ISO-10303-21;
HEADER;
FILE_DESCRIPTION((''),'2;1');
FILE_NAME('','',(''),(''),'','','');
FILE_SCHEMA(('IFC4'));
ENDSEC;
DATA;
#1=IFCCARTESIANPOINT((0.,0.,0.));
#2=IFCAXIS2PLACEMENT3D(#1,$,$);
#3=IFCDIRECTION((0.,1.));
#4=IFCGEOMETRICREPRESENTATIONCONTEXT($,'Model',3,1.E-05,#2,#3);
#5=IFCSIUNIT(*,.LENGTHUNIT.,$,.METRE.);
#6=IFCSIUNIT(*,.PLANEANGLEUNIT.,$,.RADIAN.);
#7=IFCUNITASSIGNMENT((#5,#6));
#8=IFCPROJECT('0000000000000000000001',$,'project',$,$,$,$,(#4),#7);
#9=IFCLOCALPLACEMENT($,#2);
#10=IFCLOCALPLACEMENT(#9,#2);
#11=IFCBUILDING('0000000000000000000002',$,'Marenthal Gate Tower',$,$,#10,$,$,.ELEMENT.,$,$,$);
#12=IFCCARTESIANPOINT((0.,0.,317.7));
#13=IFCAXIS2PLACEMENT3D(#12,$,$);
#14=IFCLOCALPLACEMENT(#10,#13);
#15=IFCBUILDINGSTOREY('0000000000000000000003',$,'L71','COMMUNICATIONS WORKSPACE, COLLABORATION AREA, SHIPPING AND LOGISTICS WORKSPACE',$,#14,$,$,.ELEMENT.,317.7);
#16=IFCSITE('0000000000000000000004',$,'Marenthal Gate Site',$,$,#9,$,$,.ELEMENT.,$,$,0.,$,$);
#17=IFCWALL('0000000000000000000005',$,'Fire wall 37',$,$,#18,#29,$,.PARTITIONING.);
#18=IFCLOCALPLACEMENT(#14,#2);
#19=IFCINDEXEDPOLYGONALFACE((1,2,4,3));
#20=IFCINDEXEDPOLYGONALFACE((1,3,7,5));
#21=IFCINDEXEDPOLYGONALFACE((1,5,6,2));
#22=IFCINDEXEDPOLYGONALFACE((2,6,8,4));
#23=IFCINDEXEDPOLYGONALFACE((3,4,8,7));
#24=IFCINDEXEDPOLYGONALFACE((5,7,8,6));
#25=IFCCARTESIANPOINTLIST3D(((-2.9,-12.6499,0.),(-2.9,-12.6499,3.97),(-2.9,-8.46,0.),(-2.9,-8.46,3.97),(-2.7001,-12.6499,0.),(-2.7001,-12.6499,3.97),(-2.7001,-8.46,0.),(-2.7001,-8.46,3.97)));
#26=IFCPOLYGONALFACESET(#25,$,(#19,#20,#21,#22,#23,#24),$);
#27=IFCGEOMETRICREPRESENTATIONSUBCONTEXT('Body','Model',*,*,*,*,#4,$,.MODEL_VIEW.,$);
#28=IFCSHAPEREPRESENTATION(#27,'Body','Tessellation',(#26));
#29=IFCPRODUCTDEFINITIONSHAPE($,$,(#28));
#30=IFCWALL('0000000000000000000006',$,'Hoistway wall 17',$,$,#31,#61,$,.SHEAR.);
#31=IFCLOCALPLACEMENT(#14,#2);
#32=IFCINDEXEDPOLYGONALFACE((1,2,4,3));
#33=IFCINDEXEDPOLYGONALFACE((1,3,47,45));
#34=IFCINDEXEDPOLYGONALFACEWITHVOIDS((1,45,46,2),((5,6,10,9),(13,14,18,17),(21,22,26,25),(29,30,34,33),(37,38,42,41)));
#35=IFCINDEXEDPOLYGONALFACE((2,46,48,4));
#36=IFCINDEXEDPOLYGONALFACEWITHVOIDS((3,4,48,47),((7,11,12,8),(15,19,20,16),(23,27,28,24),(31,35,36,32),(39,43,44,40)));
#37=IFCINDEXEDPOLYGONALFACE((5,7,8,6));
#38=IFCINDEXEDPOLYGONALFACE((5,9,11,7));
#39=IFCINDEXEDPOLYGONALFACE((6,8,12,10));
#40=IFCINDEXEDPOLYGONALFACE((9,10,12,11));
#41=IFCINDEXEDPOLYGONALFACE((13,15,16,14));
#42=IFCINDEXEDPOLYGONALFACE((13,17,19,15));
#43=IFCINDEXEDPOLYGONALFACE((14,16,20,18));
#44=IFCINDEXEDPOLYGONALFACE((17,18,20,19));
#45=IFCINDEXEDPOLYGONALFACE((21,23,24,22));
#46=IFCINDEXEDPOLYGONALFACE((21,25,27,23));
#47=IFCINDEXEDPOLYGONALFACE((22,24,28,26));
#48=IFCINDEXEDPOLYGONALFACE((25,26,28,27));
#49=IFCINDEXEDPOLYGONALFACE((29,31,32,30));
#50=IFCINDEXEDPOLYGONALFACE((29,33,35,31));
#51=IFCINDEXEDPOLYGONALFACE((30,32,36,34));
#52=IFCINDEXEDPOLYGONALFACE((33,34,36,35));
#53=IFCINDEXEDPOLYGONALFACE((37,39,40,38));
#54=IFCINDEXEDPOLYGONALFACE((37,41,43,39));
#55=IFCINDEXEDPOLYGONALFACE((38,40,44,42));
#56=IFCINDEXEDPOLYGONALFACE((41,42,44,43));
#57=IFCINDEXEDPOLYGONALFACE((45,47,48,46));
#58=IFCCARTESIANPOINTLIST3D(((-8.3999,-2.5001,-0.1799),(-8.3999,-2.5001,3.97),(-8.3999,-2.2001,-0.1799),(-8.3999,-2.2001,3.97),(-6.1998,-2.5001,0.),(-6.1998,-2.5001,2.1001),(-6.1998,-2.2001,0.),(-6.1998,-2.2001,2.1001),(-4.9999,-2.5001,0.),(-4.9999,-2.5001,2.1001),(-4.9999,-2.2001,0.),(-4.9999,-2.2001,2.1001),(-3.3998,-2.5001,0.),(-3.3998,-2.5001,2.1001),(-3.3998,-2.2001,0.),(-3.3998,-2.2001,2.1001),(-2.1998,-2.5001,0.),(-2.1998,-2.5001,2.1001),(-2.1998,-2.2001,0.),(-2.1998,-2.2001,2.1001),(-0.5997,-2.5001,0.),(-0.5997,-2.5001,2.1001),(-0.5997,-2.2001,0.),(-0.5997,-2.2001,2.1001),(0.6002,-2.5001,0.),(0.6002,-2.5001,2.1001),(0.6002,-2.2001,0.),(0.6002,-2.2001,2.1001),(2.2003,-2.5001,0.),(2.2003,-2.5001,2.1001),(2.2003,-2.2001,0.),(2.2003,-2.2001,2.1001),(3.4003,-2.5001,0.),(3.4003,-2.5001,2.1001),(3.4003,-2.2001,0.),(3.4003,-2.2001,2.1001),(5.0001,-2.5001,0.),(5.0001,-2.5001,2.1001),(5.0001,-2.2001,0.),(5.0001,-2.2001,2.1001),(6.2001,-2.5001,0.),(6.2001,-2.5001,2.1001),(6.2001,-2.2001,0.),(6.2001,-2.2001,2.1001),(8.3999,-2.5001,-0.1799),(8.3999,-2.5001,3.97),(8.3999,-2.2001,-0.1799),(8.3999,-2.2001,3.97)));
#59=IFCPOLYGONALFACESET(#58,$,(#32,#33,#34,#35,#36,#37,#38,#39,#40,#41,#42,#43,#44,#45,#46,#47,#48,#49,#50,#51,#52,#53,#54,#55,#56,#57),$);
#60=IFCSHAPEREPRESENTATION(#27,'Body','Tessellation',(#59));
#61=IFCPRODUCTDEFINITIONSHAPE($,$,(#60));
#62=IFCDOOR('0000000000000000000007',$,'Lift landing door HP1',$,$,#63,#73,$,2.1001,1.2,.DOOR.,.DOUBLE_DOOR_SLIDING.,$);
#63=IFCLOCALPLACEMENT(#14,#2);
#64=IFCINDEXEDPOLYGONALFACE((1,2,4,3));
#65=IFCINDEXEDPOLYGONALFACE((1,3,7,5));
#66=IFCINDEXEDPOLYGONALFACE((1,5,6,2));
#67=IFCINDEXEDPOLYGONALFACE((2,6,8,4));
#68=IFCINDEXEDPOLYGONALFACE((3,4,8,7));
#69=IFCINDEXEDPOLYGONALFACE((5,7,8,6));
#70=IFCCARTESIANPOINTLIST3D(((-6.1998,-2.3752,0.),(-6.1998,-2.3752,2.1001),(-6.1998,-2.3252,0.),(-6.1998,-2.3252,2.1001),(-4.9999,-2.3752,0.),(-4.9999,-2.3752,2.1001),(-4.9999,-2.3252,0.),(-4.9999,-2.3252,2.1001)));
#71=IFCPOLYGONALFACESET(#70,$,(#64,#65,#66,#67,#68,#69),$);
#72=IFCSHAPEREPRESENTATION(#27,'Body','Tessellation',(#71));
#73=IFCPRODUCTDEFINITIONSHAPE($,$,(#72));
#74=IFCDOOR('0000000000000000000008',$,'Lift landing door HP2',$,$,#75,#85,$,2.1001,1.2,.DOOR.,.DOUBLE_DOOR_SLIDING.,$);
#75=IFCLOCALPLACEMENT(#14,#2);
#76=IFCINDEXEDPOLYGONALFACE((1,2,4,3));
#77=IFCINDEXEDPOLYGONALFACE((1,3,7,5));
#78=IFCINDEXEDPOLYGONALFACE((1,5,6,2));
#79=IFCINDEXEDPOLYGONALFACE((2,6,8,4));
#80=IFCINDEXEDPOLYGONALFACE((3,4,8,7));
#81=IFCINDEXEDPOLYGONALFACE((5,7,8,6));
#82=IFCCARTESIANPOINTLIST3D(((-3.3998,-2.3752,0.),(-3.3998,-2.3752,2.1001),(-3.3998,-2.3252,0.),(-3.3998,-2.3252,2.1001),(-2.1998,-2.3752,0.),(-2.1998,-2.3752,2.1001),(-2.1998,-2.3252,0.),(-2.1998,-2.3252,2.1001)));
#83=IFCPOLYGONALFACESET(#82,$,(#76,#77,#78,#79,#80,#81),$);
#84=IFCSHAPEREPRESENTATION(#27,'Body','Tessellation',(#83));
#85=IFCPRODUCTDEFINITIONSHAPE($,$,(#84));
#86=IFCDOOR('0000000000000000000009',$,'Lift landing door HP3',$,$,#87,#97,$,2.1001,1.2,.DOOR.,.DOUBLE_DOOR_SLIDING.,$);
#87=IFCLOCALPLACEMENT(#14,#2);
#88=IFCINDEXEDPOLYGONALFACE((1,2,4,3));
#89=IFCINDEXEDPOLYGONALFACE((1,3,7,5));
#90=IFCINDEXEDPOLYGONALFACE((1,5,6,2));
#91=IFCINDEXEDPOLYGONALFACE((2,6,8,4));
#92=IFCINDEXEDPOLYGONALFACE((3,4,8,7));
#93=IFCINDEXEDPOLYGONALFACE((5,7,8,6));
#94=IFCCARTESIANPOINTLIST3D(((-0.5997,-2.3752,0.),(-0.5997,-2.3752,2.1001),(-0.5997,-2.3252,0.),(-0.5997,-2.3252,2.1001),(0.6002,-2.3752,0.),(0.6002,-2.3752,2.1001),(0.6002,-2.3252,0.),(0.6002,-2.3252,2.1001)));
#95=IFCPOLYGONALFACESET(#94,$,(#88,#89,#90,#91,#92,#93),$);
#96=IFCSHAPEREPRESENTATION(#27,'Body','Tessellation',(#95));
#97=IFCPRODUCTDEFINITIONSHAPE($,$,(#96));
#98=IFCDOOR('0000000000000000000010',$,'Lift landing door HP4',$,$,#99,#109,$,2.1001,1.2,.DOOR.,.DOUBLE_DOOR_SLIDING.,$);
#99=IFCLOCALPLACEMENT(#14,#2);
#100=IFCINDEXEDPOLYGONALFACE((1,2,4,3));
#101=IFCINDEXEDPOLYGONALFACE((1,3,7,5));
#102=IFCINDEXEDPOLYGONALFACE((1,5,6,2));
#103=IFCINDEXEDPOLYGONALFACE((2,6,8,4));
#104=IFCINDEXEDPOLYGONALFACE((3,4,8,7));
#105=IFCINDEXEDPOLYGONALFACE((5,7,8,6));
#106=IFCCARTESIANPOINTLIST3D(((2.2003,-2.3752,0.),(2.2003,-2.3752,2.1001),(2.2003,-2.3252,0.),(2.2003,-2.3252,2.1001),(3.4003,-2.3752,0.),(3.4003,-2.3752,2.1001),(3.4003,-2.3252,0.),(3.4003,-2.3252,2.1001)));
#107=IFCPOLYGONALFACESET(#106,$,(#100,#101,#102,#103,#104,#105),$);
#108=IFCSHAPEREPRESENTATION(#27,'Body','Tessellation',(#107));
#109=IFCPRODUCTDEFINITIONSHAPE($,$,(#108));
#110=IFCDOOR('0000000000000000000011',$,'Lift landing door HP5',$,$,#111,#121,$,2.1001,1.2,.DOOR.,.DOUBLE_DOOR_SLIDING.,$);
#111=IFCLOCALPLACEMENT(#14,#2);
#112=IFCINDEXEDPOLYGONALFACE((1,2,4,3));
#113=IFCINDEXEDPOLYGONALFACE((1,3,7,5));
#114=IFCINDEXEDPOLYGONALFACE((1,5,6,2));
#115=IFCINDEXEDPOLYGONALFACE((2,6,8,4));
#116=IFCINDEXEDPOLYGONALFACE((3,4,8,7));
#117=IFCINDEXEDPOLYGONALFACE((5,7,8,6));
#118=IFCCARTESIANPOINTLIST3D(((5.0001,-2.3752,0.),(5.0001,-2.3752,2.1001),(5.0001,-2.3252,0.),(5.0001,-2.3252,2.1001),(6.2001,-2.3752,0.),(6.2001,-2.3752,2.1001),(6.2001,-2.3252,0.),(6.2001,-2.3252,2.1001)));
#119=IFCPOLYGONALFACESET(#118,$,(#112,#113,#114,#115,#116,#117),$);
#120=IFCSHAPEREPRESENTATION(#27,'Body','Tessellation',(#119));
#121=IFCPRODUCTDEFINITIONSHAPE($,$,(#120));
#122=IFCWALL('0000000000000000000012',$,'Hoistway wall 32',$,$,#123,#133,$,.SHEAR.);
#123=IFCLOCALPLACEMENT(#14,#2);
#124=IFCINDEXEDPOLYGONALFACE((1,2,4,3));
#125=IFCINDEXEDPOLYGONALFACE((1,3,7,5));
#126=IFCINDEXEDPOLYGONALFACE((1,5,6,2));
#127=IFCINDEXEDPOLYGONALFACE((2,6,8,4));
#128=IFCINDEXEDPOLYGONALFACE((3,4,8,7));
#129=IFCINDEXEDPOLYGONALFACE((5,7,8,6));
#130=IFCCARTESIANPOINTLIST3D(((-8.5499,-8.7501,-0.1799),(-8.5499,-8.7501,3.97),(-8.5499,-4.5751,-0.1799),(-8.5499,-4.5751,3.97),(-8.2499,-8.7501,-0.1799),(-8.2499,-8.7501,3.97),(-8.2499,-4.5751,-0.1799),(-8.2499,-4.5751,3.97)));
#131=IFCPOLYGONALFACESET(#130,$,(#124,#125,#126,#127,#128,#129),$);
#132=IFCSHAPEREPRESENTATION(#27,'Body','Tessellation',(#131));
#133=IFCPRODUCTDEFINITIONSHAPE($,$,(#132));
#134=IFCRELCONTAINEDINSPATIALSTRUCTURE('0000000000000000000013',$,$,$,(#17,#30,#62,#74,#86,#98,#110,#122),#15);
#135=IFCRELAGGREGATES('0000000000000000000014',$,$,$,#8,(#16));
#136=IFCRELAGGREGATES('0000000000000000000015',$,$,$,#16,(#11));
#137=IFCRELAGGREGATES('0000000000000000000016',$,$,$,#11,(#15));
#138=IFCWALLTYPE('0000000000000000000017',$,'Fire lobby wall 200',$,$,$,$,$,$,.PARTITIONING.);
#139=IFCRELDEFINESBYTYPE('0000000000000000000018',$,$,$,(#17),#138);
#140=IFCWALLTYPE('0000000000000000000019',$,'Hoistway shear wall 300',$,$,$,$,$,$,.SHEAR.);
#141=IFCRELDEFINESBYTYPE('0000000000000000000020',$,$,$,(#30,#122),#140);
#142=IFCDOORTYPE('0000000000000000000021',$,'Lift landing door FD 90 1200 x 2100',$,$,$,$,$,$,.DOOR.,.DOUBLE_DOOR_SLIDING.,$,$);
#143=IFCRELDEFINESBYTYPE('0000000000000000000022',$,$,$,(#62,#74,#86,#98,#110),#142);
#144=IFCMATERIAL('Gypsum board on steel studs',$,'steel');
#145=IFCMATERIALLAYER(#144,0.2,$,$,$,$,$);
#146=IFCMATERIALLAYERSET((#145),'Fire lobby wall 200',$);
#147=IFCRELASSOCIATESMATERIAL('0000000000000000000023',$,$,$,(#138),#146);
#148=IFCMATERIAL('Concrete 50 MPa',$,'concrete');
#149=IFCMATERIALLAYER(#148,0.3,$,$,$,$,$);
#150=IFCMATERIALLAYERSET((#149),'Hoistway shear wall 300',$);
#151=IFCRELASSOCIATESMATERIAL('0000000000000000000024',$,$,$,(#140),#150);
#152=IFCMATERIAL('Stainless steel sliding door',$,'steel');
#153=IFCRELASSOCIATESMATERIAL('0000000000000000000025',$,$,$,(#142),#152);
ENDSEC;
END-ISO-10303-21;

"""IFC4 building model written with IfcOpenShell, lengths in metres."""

from ifc_helpers import new_model, si_unit, direction, frame, frame_2d, origin, place, context, subcontext, project, spatial, rectangle, extrude, material, layer, layer_set, type_object, element, fill, save


model = new_model("IFC4")

# Units and contexts
model_context = context("Model", 3, precision=1e-05, world=origin(), true_north=direction((0.0, 1.0)))
body_context = subcontext(model_context, "Body", "Model", "MODEL_VIEW")
ifc_project = project(units=[si_unit("LENGTHUNIT", "METRE"), si_unit("PLANEANGLEUNIT", "RADIAN")], contexts=[model_context])

# Site, building, storey
site_placement = place(None, origin())
site = spatial("IfcSite", under=ifc_project, at=site_placement, Name="Marenthal Gate Site", CompositionType="ELEMENT", RefElevation=0.0)
building_placement = place(site_placement, origin())
building = spatial("IfcBuilding", under=site, at=building_placement, Name="Marenthal Gate Tower", CompositionType="ELEMENT")
storey_placement = place(building_placement, frame((0.0, 0.0, 317.7)))
storey = spatial("IfcBuildingStorey", under=building, at=storey_placement, Name="L71", Description="COMMUNICATIONS WORKSPACE, COLLABORATION AREA, SHIPPING AND LOGISTICS WORKSPACE", CompositionType="ELEMENT", Elevation=317.7)

# Wall
ifc_material_1 = material(Name="Gypsum board on steel studs", Category="steel")
ifc_layer_1 = layer(ifc_material_1, 0.2)
ifc_layer_set_1 = layer_set([ifc_layer_1], Name="Fire lobby wall 200")
wall_type_1 = type_object("IfcWallType", Name="Fire lobby wall 200", PredefinedType="PARTITIONING", material=ifc_layer_set_1)
wall_1_placement = place(storey_placement, frame((-2.8, -12.6499, 0.0), z_axis=(0.0, 0.0, 1.0), x_axis=(0.0, 1.0, 0.0)))
element("IfcWall", 1, at=wall_1_placement, inside=storey, type_object=wall_type_1, Name="Fire wall 37", PredefinedType="PARTITIONING", context=body_context, shape_type="SweptSolid", body=[
    extrude(rectangle(XDim=4.1899, YDim=0.2, at=frame_2d((2.095, 0.0))), origin(), (0.0, 0.0, 1.0), 3.97),
])

# Wall, openings, doors
ifc_material_2 = material(Name="Concrete 50 MPa", Category="concrete")
ifc_layer_2 = layer(ifc_material_2, 0.3)
ifc_layer_set_2 = layer_set([ifc_layer_2], Name="Hoistway shear wall 300")
wall_type_2 = type_object("IfcWallType", Name="Hoistway shear wall 300", PredefinedType="SHEAR", material=ifc_layer_set_2)
wall_2_placement = place(storey_placement, frame((-8.3999, -2.3501, -0.1799), z_axis=(0.0, 0.0, 1.0), x_axis=(1.0, 0.0, 0.0)))
wall_2 = element("IfcWall", 2, at=wall_2_placement, inside=storey, type_object=wall_type_2, Name="Hoistway wall 17", PredefinedType="SHEAR", context=body_context, shape_type="SweptSolid", body=[
    extrude(rectangle(XDim=16.7998, YDim=0.3, at=frame_2d((8.3999, 0.0))), origin(), (0.0, 0.0, 1.0), 4.1499),
])
opening_1_placement = place(wall_2_placement, frame((2.2, 0.0, 0.1799)))
opening_1 = element("IfcOpeningElement", 3, at=opening_1_placement, cuts=wall_2, PredefinedType="OPENING", context=body_context, shape_type="SweptSolid", body=[
    extrude(rectangle(XDim=1.2, YDim=2.1001, at=frame_2d((0.6001, 1.05))), frame((0.0, 0.1602, 0.0), z_axis=(0.0, -1.0, 0.0), x_axis=(1.0, 0.0, 0.0)), (0.0, 0.0, 1.0), 0.3201),
])
opening_2_placement = place(wall_2_placement, frame((5.0, 0.0, 0.1799)))
opening_2 = element("IfcOpeningElement", 4, at=opening_2_placement, cuts=wall_2, PredefinedType="OPENING", context=body_context, shape_type="SweptSolid", body=[
    extrude(rectangle(XDim=1.2, YDim=2.1001, at=frame_2d((0.6001, 1.05))), frame((0.0, 0.1602, 0.0), z_axis=(0.0, -1.0, 0.0), x_axis=(1.0, 0.0, 0.0)), (0.0, 0.0, 1.0), 0.3201),
])
opening_3_placement = place(wall_2_placement, frame((7.8, 0.0, 0.1799)))
opening_3 = element("IfcOpeningElement", 5, at=opening_3_placement, cuts=wall_2, PredefinedType="OPENING", context=body_context, shape_type="SweptSolid", body=[
    extrude(rectangle(XDim=1.2, YDim=2.1001, at=frame_2d((0.6001, 1.05))), frame((0.0, 0.1602, 0.0), z_axis=(0.0, -1.0, 0.0), x_axis=(1.0, 0.0, 0.0)), (0.0, 0.0, 1.0), 0.3201),
])
opening_4_placement = place(wall_2_placement, frame((10.6001, 0.0, 0.1799)))
opening_4 = element("IfcOpeningElement", 6, at=opening_4_placement, cuts=wall_2, PredefinedType="OPENING", context=body_context, shape_type="SweptSolid", body=[
    extrude(rectangle(XDim=1.2, YDim=2.1001, at=frame_2d((0.6001, 1.05))), frame((0.0, 0.1602, 0.0), z_axis=(0.0, -1.0, 0.0), x_axis=(1.0, 0.0, 0.0)), (0.0, 0.0, 1.0), 0.3201),
])
opening_5_placement = place(wall_2_placement, frame((13.3999, 0.0, 0.1799)))
opening_5 = element("IfcOpeningElement", 7, at=opening_5_placement, cuts=wall_2, PredefinedType="OPENING", context=body_context, shape_type="SweptSolid", body=[
    extrude(rectangle(XDim=1.2, YDim=2.1001, at=frame_2d((0.6001, 1.05))), frame((0.0, 0.1602, 0.0), z_axis=(0.0, -1.0, 0.0), x_axis=(1.0, 0.0, 0.0)), (0.0, 0.0, 1.0), 0.3201),
])
ifc_material_3 = material(Name="Stainless steel sliding door", Category="steel")
door_type_1 = type_object("IfcDoorType", Name="Lift landing door FD 90 1200 x 2100", OperationType="DOUBLE_DOOR_SLIDING", PredefinedType="DOOR", material=ifc_material_3)
door_1_placement = place(opening_1_placement, origin())
door_1 = element("IfcDoor", 8, at=door_1_placement, inside=storey, type_object=door_type_1, Name="Lift landing door HP1", OperationType="DOUBLE_DOOR_SLIDING", OverallHeight=2.1001, OverallWidth=1.2, PredefinedType="DOOR", context=body_context, shape_type="SweptSolid", body=[
    extrude(rectangle(XDim=1.2, YDim=2.1001, at=frame_2d((0.6001, 1.05))), frame((0.0, 0.0249, 0.0), z_axis=(0.0, -1.0, 0.0), x_axis=(1.0, 0.0, 0.0)), (0.0, 0.0, 1.0), 0.05),
])
fill(opening_1, door_1)
door_2_placement = place(opening_2_placement, origin())
door_2 = element("IfcDoor", 9, at=door_2_placement, inside=storey, type_object=door_type_1, Name="Lift landing door HP2", OperationType="DOUBLE_DOOR_SLIDING", OverallHeight=2.1001, OverallWidth=1.2, PredefinedType="DOOR", context=body_context, shape_type="SweptSolid", body=[
    extrude(rectangle(XDim=1.2, YDim=2.1001, at=frame_2d((0.6001, 1.05))), frame((0.0, 0.0249, 0.0), z_axis=(0.0, -1.0, 0.0), x_axis=(1.0, 0.0, 0.0)), (0.0, 0.0, 1.0), 0.05),
])
fill(opening_2, door_2)
door_3_placement = place(opening_3_placement, origin())
door_3 = element("IfcDoor", 10, at=door_3_placement, inside=storey, type_object=door_type_1, Name="Lift landing door HP3", OperationType="DOUBLE_DOOR_SLIDING", OverallHeight=2.1001, OverallWidth=1.2, PredefinedType="DOOR", context=body_context, shape_type="SweptSolid", body=[
    extrude(rectangle(XDim=1.2, YDim=2.1001, at=frame_2d((0.6001, 1.05))), frame((0.0, 0.0249, 0.0), z_axis=(0.0, -1.0, 0.0), x_axis=(1.0, 0.0, 0.0)), (0.0, 0.0, 1.0), 0.05),
])
fill(opening_3, door_3)
door_4_placement = place(opening_4_placement, origin())
door_4 = element("IfcDoor", 11, at=door_4_placement, inside=storey, type_object=door_type_1, Name="Lift landing door HP4", OperationType="DOUBLE_DOOR_SLIDING", OverallHeight=2.1001, OverallWidth=1.2, PredefinedType="DOOR", context=body_context, shape_type="SweptSolid", body=[
    extrude(rectangle(XDim=1.2, YDim=2.1001, at=frame_2d((0.6001, 1.05))), frame((0.0, 0.0249, 0.0), z_axis=(0.0, -1.0, 0.0), x_axis=(1.0, 0.0, 0.0)), (0.0, 0.0, 1.0), 0.05),
])
fill(opening_4, door_4)
door_5_placement = place(opening_5_placement, origin())
door_5 = element("IfcDoor", 12, at=door_5_placement, inside=storey, type_object=door_type_1, Name="Lift landing door HP5", OperationType="DOUBLE_DOOR_SLIDING", OverallHeight=2.1001, OverallWidth=1.2, PredefinedType="DOOR", context=body_context, shape_type="SweptSolid", body=[
    extrude(rectangle(XDim=1.2, YDim=2.1001, at=frame_2d((0.6001, 1.05))), frame((0.0, 0.0249, 0.0), z_axis=(0.0, -1.0, 0.0), x_axis=(1.0, 0.0, 0.0)), (0.0, 0.0, 1.0), 0.05),
])
fill(opening_5, door_5)

# Wall
wall_3_placement = place(storey_placement, frame((-8.3999, -8.75, -0.1799), z_axis=(0.0, 0.0, 1.0), x_axis=(0.0, 1.0, 0.0)))
element("IfcWall", 13, at=wall_3_placement, inside=storey, type_object=wall_type_2, Name="Hoistway wall 32", PredefinedType="SHEAR", context=body_context, shape_type="SweptSolid", body=[
    extrude(rectangle(XDim=4.175, YDim=0.3, at=frame_2d((2.0874, 0.0))), origin(), (0.0, 0.0, 1.0), 4.1499),
])

save(model, "model.ifc")
